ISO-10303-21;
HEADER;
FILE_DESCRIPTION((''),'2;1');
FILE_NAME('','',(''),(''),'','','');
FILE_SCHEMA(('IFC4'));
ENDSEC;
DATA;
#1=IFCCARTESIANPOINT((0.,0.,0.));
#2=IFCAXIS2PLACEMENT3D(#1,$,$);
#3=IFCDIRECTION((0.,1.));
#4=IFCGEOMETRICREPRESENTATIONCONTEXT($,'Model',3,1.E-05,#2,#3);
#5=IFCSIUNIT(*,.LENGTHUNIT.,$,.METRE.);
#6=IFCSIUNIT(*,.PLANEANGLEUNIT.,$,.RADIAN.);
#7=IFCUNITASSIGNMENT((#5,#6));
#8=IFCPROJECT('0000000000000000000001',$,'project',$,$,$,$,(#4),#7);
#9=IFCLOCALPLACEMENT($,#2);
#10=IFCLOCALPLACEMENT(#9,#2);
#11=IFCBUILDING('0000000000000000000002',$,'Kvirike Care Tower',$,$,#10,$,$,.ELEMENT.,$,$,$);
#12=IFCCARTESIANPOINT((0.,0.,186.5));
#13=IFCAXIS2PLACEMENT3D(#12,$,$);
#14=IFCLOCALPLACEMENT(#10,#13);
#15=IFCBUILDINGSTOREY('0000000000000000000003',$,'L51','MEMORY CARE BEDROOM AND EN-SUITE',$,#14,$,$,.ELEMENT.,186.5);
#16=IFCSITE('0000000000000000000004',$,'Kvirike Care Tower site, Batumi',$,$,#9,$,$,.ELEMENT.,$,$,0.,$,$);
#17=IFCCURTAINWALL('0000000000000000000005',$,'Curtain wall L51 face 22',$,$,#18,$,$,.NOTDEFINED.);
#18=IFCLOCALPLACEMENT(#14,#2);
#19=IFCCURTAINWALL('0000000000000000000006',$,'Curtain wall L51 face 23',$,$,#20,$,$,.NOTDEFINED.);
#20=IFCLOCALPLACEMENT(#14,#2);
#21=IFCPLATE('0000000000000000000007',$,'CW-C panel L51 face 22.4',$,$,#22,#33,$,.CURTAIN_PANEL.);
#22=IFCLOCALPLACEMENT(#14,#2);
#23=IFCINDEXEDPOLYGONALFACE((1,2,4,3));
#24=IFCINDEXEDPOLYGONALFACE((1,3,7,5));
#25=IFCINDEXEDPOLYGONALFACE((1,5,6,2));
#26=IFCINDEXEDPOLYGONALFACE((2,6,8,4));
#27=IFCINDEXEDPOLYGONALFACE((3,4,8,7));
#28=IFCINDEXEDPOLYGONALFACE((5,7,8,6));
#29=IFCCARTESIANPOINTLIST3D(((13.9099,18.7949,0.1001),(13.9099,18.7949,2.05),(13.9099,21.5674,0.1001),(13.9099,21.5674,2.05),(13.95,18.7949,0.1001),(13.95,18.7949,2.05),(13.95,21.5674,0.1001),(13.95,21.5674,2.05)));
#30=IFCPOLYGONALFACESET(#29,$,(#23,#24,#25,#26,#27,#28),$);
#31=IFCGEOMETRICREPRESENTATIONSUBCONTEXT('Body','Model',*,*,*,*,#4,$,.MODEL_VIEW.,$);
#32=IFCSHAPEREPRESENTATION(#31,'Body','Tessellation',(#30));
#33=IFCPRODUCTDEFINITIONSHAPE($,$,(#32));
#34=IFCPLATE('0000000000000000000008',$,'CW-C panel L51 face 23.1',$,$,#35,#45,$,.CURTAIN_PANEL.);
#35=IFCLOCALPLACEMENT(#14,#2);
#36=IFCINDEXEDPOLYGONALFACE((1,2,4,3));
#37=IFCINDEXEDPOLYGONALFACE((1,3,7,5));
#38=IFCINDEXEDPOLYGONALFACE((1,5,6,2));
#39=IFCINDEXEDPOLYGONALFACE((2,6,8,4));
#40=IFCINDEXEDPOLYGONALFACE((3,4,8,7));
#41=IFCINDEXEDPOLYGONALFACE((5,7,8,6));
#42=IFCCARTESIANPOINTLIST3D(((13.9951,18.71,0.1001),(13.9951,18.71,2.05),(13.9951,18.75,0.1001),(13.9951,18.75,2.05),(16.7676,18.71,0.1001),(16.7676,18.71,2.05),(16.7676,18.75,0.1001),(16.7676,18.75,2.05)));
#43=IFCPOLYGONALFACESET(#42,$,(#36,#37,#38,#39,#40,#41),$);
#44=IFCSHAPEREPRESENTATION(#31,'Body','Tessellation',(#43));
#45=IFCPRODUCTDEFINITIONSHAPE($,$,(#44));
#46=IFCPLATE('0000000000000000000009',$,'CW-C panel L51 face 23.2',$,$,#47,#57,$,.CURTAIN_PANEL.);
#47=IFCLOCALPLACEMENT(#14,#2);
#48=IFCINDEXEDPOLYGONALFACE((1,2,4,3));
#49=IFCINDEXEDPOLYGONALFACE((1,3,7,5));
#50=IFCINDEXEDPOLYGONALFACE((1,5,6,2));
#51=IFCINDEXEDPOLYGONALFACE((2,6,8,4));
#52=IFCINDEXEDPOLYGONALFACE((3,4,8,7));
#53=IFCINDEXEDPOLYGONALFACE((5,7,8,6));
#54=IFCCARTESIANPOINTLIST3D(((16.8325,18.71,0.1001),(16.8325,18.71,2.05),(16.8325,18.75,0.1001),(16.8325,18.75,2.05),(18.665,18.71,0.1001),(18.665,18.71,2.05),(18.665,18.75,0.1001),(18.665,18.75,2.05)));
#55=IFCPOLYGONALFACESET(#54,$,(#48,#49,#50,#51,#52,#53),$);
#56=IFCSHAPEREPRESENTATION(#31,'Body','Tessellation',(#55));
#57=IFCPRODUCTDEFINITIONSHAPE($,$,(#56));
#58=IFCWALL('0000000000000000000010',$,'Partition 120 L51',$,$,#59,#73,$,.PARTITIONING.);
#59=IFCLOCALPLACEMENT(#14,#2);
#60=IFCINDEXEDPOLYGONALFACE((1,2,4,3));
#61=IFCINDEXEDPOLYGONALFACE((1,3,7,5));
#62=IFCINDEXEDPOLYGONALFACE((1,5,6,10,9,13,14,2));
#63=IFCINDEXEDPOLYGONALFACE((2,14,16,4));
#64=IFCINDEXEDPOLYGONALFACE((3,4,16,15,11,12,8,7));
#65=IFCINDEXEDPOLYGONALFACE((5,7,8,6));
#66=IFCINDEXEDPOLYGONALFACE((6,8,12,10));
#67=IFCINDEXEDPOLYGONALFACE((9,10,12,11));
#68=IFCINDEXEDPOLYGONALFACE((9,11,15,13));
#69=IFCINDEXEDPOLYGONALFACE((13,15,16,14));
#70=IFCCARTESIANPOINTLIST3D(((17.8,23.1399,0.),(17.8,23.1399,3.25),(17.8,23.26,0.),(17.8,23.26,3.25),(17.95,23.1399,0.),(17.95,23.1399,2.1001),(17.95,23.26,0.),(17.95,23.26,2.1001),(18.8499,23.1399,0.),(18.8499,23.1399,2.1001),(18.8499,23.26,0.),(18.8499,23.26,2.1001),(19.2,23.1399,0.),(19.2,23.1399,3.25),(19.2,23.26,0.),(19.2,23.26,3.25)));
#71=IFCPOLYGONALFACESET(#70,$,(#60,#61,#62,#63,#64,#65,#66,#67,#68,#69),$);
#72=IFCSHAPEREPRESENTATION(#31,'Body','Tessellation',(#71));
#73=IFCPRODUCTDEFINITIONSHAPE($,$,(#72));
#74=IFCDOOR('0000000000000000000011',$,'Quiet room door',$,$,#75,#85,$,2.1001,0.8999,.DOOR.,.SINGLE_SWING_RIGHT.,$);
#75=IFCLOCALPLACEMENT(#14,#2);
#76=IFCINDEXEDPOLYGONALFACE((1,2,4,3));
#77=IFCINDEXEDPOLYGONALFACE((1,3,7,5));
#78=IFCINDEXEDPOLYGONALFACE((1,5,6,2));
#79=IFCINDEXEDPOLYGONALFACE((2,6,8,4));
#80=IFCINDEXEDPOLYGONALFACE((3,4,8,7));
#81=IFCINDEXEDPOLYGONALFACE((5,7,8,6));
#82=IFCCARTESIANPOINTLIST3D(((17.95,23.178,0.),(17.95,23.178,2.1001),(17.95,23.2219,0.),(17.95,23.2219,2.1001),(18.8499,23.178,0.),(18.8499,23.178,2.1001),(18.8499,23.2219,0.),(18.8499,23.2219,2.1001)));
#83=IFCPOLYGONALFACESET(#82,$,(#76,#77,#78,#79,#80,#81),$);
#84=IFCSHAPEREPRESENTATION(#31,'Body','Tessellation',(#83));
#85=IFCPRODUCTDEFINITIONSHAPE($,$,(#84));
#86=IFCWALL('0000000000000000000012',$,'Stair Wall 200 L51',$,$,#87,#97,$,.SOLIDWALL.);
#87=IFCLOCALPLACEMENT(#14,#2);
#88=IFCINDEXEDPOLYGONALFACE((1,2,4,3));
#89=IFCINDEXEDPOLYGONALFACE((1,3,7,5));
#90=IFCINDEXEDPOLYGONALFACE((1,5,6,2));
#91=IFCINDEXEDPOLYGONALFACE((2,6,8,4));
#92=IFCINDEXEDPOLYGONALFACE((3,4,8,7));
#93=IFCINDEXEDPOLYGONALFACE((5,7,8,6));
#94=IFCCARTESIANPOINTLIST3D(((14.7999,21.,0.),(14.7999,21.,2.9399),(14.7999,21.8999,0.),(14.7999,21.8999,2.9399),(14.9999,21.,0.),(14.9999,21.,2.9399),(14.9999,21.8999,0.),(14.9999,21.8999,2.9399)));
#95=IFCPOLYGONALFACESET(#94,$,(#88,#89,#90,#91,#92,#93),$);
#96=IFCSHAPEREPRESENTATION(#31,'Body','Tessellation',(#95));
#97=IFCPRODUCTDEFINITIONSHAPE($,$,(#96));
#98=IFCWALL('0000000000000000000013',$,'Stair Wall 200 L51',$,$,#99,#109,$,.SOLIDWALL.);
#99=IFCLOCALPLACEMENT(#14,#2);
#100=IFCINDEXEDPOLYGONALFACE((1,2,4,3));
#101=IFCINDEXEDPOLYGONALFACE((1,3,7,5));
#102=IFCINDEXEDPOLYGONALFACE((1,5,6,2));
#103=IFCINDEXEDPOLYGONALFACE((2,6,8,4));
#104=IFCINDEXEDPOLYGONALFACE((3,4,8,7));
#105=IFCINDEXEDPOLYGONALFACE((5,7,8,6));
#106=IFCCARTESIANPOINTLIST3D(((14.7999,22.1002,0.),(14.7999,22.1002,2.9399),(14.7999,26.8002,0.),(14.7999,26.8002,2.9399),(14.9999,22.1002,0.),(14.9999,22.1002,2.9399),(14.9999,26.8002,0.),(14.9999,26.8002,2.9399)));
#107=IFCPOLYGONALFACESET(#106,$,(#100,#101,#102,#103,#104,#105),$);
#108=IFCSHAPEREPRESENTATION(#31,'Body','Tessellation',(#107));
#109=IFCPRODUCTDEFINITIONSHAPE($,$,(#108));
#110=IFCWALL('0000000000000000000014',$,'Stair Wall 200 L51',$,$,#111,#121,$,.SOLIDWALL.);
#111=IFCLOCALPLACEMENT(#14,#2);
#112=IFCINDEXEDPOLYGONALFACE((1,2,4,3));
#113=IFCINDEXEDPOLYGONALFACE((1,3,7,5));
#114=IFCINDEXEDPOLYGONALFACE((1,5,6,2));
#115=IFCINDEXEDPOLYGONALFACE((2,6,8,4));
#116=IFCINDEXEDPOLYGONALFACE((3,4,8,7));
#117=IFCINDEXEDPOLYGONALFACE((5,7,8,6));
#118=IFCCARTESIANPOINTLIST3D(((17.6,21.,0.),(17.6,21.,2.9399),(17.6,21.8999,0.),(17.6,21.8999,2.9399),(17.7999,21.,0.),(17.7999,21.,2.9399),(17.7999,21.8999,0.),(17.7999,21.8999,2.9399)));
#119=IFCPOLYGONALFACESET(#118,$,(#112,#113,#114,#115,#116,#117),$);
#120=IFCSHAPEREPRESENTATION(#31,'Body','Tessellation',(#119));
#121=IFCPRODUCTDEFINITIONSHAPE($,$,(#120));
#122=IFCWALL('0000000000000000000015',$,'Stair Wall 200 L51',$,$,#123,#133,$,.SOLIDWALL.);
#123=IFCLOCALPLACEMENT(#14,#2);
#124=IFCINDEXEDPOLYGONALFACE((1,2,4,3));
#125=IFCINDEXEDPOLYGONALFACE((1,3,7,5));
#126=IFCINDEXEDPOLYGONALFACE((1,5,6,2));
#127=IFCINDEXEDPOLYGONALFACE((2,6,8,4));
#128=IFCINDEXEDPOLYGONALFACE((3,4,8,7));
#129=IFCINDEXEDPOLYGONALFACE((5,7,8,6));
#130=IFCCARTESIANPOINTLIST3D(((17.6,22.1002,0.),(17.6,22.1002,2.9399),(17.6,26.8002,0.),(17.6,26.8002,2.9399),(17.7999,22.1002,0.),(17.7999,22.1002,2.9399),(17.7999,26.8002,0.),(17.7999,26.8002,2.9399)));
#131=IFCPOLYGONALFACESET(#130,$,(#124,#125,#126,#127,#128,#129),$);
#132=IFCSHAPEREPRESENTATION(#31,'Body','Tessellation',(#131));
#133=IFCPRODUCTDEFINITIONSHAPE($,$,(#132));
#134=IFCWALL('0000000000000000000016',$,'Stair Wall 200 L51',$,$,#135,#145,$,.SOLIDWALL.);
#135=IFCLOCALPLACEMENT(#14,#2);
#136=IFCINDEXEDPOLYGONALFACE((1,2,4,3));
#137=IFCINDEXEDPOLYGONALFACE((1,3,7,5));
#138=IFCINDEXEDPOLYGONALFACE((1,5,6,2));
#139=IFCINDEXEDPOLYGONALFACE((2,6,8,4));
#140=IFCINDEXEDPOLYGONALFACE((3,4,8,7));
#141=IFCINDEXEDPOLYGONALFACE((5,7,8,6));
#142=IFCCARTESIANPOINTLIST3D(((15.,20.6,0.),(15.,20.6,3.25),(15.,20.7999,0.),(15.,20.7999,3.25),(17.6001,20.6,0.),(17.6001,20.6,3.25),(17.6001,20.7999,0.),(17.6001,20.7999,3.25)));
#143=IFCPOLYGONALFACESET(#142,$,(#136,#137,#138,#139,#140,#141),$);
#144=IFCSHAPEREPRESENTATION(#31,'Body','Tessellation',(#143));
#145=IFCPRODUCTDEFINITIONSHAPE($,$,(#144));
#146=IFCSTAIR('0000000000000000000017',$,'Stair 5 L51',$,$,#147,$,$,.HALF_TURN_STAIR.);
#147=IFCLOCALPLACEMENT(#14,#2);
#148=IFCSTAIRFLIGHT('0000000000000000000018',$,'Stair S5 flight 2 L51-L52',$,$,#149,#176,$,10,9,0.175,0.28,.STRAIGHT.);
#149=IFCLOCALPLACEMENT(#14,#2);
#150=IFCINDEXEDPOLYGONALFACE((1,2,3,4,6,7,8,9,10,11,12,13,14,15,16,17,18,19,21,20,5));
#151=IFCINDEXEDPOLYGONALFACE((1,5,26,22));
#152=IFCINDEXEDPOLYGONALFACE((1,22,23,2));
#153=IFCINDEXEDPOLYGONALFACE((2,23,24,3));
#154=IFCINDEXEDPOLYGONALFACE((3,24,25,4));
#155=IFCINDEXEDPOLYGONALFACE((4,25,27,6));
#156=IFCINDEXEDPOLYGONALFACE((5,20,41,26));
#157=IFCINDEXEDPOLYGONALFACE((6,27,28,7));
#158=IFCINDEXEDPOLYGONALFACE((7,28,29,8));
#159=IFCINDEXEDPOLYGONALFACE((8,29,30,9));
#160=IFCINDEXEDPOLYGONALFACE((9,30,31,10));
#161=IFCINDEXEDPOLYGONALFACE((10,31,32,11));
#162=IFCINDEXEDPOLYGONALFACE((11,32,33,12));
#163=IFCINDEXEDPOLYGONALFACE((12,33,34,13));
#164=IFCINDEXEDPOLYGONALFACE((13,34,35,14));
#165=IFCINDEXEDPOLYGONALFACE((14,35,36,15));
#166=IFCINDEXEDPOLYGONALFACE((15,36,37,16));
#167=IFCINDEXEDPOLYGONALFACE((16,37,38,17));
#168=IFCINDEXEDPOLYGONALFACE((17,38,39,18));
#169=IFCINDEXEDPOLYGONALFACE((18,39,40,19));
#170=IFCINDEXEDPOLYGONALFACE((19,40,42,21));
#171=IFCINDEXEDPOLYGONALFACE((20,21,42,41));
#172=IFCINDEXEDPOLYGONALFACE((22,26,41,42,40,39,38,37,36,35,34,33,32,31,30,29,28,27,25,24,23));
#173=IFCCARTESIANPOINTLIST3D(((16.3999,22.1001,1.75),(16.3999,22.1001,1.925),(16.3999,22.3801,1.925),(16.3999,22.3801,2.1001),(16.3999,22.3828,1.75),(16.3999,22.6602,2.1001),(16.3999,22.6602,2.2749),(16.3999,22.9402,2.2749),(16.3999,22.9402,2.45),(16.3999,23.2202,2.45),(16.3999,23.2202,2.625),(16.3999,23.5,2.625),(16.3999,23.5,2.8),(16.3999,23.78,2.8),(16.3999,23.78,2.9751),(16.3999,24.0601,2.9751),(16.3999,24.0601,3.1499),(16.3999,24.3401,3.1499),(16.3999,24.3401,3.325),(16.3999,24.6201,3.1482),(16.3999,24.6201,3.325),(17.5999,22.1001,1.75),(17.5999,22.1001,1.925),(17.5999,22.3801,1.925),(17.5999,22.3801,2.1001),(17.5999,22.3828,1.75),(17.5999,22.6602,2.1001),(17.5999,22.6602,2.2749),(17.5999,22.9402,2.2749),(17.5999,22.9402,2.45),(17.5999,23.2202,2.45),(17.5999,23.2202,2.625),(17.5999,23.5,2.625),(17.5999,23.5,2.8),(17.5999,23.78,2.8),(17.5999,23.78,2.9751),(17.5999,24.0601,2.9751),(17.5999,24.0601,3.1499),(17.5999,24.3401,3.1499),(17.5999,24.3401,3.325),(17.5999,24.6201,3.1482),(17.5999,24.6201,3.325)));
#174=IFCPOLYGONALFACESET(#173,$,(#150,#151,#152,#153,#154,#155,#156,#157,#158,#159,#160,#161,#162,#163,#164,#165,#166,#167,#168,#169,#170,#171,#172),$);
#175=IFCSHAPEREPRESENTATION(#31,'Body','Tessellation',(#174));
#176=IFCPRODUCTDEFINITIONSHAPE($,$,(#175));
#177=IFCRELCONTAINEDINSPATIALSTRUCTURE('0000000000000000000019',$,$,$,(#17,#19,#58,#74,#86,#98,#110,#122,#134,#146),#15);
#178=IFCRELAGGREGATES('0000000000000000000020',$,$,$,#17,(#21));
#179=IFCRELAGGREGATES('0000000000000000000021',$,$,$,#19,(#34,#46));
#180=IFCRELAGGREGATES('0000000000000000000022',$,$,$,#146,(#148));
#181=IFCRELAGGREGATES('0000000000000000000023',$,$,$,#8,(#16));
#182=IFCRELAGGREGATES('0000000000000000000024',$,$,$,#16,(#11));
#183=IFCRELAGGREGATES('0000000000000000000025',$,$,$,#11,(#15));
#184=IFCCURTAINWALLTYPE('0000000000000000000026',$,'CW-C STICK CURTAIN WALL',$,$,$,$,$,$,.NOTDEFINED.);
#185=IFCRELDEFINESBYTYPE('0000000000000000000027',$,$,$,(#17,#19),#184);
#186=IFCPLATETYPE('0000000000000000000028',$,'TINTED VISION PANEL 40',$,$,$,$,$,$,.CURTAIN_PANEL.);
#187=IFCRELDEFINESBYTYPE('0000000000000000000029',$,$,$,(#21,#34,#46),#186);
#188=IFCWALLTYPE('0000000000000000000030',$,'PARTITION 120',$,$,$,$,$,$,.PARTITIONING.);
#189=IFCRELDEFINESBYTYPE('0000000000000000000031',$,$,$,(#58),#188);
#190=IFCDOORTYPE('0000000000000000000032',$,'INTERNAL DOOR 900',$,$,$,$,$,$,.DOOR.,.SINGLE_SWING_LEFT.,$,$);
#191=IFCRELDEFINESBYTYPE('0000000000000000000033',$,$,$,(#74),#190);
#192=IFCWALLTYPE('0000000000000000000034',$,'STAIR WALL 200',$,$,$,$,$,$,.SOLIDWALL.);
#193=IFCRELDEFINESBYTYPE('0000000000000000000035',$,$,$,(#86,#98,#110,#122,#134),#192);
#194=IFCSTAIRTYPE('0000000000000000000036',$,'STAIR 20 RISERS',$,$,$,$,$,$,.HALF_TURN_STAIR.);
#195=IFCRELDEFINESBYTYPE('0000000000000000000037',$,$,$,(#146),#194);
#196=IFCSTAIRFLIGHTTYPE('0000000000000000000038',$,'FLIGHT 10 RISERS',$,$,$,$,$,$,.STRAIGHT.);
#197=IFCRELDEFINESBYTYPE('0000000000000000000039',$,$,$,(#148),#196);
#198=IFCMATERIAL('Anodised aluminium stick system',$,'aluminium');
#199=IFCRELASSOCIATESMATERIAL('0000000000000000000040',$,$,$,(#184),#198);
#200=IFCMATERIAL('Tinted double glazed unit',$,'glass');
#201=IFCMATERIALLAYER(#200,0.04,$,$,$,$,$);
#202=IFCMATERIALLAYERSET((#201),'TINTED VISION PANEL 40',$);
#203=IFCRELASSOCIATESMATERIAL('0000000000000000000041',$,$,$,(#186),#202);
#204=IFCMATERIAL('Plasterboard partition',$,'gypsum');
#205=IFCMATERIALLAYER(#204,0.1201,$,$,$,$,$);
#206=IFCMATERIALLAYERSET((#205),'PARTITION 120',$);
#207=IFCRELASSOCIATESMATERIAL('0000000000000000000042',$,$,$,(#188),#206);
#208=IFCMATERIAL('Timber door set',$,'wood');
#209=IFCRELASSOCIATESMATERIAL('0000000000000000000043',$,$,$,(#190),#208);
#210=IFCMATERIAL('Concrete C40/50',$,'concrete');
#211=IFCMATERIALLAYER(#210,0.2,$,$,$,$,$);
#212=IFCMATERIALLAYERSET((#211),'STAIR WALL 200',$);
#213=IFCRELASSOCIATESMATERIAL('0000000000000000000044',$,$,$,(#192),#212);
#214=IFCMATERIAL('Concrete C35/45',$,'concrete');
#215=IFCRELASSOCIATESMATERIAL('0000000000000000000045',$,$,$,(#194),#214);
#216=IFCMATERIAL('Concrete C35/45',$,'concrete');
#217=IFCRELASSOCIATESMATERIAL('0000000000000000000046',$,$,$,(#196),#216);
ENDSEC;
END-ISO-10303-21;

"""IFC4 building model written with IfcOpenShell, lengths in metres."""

from ifc_helpers import new_model, si_unit, direction, frame, frame_2d, origin, origin_2d, place, context, subcontext, project, spatial, polyline, rectangle, outline, extrude, material, layer, layer_set, type_object, element, fill, aggregate, save


model = new_model("IFC4")

# Units and contexts
model_context = context("Model", 3, precision=1e-05, world=origin(), true_north=direction((0.0, 1.0)))
body_context = subcontext(model_context, "Body", "Model", "MODEL_VIEW")
ifc_project = project(units=[si_unit("LENGTHUNIT", "METRE"), si_unit("PLANEANGLEUNIT", "RADIAN")], contexts=[model_context])

# Site, building, storey
site_placement = place(None, origin())
site = spatial("IfcSite", under=ifc_project, at=site_placement, Name="Kvirike Care Tower site, Batumi", CompositionType="ELEMENT", RefElevation=0.0)
building_placement = place(site_placement, origin())
building = spatial("IfcBuilding", under=site, at=building_placement, Name="Kvirike Care Tower", CompositionType="ELEMENT")
storey_placement = place(building_placement, frame((0.0, 0.0, 186.5)))
storey = spatial("IfcBuildingStorey", under=building, at=storey_placement, Name="L51", Description="MEMORY CARE BEDROOM AND EN-SUITE", CompositionType="ELEMENT", Elevation=186.5)

# Curtain walls
ifc_material_1 = material(Name="Anodised aluminium stick system", Category="aluminium")
curtain_wall_type = type_object("IfcCurtainWallType", Name="CW-C STICK CURTAIN WALL", PredefinedType="NOTDEFINED", material=ifc_material_1)
curtain_wall_1_placement = place(storey_placement, origin())
curtain_wall_1 = element("IfcCurtainWall", 1, at=curtain_wall_1_placement, inside=storey, type_object=curtain_wall_type, Name="Curtain wall L51 face 22", PredefinedType="NOTDEFINED")
curtain_wall_2_placement = place(storey_placement, origin())
curtain_wall_2 = element("IfcCurtainWall", 2, at=curtain_wall_2_placement, inside=storey, type_object=curtain_wall_type, Name="Curtain wall L51 face 23", PredefinedType="NOTDEFINED")

# Plates
ifc_material_2 = material(Name="Tinted double glazed unit", Category="glass")
ifc_layer_1 = layer(ifc_material_2, 0.04)
ifc_layer_set_1 = layer_set([ifc_layer_1], Name="TINTED VISION PANEL 40")
plate_type = type_object("IfcPlateType", Name="TINTED VISION PANEL 40", PredefinedType="CURTAIN_PANEL", material=ifc_layer_set_1)
plate_1_placement = place(storey_placement, frame((13.9299, 20.1812, 0.1001), z_axis=(0.0, 0.0, 1.0), x_axis=(0.0, -1.0, 0.0)))
plate_1 = element("IfcPlate", 3, at=plate_1_placement, type_object=plate_type, Name="CW-C panel L51 face 22.4", PredefinedType="CURTAIN_PANEL", context=body_context, shape_type="SweptSolid", body=[
    extrude(rectangle(XDim=2.7725, YDim=0.04, at=origin_2d()), origin(), (0.0, 0.0, 1.0), 1.95),
])
aggregate(curtain_wall_1, [plate_1])
plate_2_placement = place(storey_placement, frame((15.3813, 18.73, 0.1001), z_axis=(0.0, 0.0, 1.0), x_axis=(1.0, 0.0, 0.0)))
plate_2 = element("IfcPlate", 4, at=plate_2_placement, type_object=plate_type, Name="CW-C panel L51 face 23.1", PredefinedType="CURTAIN_PANEL", context=body_context, shape_type="SweptSolid", body=[
    extrude(rectangle(XDim=2.7725, YDim=0.04, at=origin_2d()), origin(), (0.0, 0.0, 1.0), 1.95),
])
plate_3_placement = place(storey_placement, frame((17.7488, 18.73, 0.1001), z_axis=(0.0, 0.0, 1.0), x_axis=(1.0, 0.0, 0.0)))
plate_3 = element("IfcPlate", 5, at=plate_3_placement, type_object=plate_type, Name="CW-C panel L51 face 23.2", PredefinedType="CURTAIN_PANEL", context=body_context, shape_type="SweptSolid", body=[
    extrude(rectangle(XDim=1.8325, YDim=0.04, at=origin_2d()), origin(), (0.0, 0.0, 1.0), 1.95),
])
aggregate(curtain_wall_2, [plate_2, plate_3])

# Wall, opening, door
ifc_material_3 = material(Name="Plasterboard partition", Category="gypsum")
ifc_layer_2 = layer(ifc_material_3, 0.1201)
ifc_layer_set_2 = layer_set([ifc_layer_2], Name="PARTITION 120")
wall_type_1 = type_object("IfcWallType", Name="PARTITION 120", PredefinedType="PARTITIONING", material=ifc_layer_set_2)
wall_1_placement = place(storey_placement, frame((17.8, 23.2, 0.0), z_axis=(0.0, 0.0, 1.0), x_axis=(1.0, 0.0, 0.0)))
wall_1 = element("IfcWall", 6, at=wall_1_placement, inside=storey, type_object=wall_type_1, Name="Partition 120 L51", PredefinedType="PARTITIONING", context=body_context, shape_type="SweptSolid", body=[
    extrude(rectangle(XDim=1.3999, YDim=0.1201, at=frame_2d((0.7, 0.0))), origin(), (0.0, 0.0, 1.0), 3.25),
])
opening_placement = place(wall_1_placement, frame((0.1499, 0.0, 0.0)))
opening = element("IfcOpeningElement", 7, at=opening_placement, cuts=wall_1, PredefinedType="OPENING", context=body_context, shape_type="SweptSolid", body=[
    extrude(rectangle(XDim=0.8999, YDim=2.1001, at=frame_2d((0.45, 1.05))), frame((0.0, 0.0706, 0.0), z_axis=(0.0, -1.0, 0.0), x_axis=(1.0, 0.0, 0.0)), (0.0, 0.0, 1.0), 0.1411),
])
ifc_material_4 = material(Name="Timber door set", Category="wood")
door_type = type_object("IfcDoorType", Name="INTERNAL DOOR 900", OperationType="SINGLE_SWING_LEFT", PredefinedType="DOOR", material=ifc_material_4)
door_placement = place(opening_placement, origin())
door = element("IfcDoor", 8, at=door_placement, inside=storey, type_object=door_type, Name="Quiet room door", OperationType="SINGLE_SWING_RIGHT", OverallHeight=2.1001, OverallWidth=0.8999, PredefinedType="DOOR", context=body_context, shape_type="SweptSolid", body=[
    extrude(rectangle(XDim=0.8999, YDim=2.1001, at=frame_2d((0.45, 1.05))), frame((0.0, 0.022, 0.0), z_axis=(0.0, -1.0, 0.0), x_axis=(1.0, 0.0, 0.0)), (0.0, 0.0, 1.0), 0.0439),
])
fill(opening, door)

# Walls
ifc_material_5 = material(Name="Concrete C40/50", Category="concrete")
ifc_layer_3 = layer(ifc_material_5, 0.2)
ifc_layer_set_3 = layer_set([ifc_layer_3], Name="STAIR WALL 200")
wall_type_2 = type_object("IfcWallType", Name="STAIR WALL 200", PredefinedType="SOLIDWALL", material=ifc_layer_set_3)
wall_2_placement = place(storey_placement, frame((14.8999, 21.0, 0.0), z_axis=(0.0, 0.0, 1.0), x_axis=(0.0, 1.0, 0.0)))
element("IfcWall", 9, at=wall_2_placement, inside=storey, type_object=wall_type_2, Name="Stair Wall 200 L51", PredefinedType="SOLIDWALL", context=body_context, shape_type="SweptSolid", body=[
    extrude(rectangle(XDim=0.8999, YDim=0.2, at=frame_2d((0.45, 0.0))), origin(), (0.0, 0.0, 1.0), 2.9399),
])
wall_3_placement = place(storey_placement, frame((14.8999, 22.1001, 0.0), z_axis=(0.0, 0.0, 1.0), x_axis=(0.0, 1.0, 0.0)))
element("IfcWall", 10, at=wall_3_placement, inside=storey, type_object=wall_type_2, Name="Stair Wall 200 L51", PredefinedType="SOLIDWALL", context=body_context, shape_type="SweptSolid", body=[
    extrude(rectangle(XDim=4.7, YDim=0.2, at=frame_2d((2.3501, 0.0))), origin(), (0.0, 0.0, 1.0), 2.9399),
])
wall_4_placement = place(storey_placement, frame((17.7, 21.0, 0.0), z_axis=(0.0, 0.0, 1.0), x_axis=(0.0, 1.0, 0.0)))
element("IfcWall", 11, at=wall_4_placement, inside=storey, type_object=wall_type_2, Name="Stair Wall 200 L51", PredefinedType="SOLIDWALL", context=body_context, shape_type="SweptSolid", body=[
    extrude(rectangle(XDim=0.8999, YDim=0.2, at=frame_2d((0.45, 0.0))), origin(), (0.0, 0.0, 1.0), 2.9399),
])
wall_5_placement = place(storey_placement, frame((17.7, 22.1001, 0.0), z_axis=(0.0, 0.0, 1.0), x_axis=(0.0, 1.0, 0.0)))
element("IfcWall", 12, at=wall_5_placement, inside=storey, type_object=wall_type_2, Name="Stair Wall 200 L51", PredefinedType="SOLIDWALL", context=body_context, shape_type="SweptSolid", body=[
    extrude(rectangle(XDim=4.7, YDim=0.2, at=frame_2d((2.3501, 0.0))), origin(), (0.0, 0.0, 1.0), 2.9399),
])
wall_6_placement = place(storey_placement, frame((15.0, 20.7, 0.0), z_axis=(0.0, 0.0, 1.0), x_axis=(1.0, 0.0, 0.0)))
element("IfcWall", 13, at=wall_6_placement, inside=storey, type_object=wall_type_2, Name="Stair Wall 200 L51", PredefinedType="SOLIDWALL", context=body_context, shape_type="SweptSolid", body=[
    extrude(rectangle(XDim=2.6001, YDim=0.2, at=frame_2d((1.3, 0.0))), origin(), (0.0, 0.0, 1.0), 3.25),
])

# Stair, stair flight
ifc_material_6 = material(Name="Concrete C35/45", Category="concrete")
stair_type = type_object("IfcStairType", Name="STAIR 20 RISERS", PredefinedType="HALF_TURN_STAIR", material=ifc_material_6)
stair_placement = place(storey_placement, origin())
stair = element("IfcStair", 14, at=stair_placement, inside=storey, type_object=stair_type, Name="Stair 5 L51", PredefinedType="HALF_TURN_STAIR")
ifc_material_7 = material(Name="Concrete C35/45", Category="concrete")
stair_flight_type = type_object("IfcStairFlightType", Name="FLIGHT 10 RISERS", PredefinedType="STRAIGHT", material=ifc_material_7)
stair_flight_placement = place(storey_placement, frame((17.0, 22.1001, 1.75), z_axis=(0.0, 0.0, 1.0), x_axis=(0.0, 1.0, 0.0)))
stair_flight = element("IfcStairFlight", 15, at=stair_flight_placement, type_object=stair_flight_type, Name="Stair S5 flight 2 L51-L52", NumberOfRisers=10, NumberOfTreads=9, PredefinedType="STRAIGHT", RiserHeight=0.175, TreadLength=0.28, context=body_context, shape_type="SweptSolid", body=[
    extrude(outline(polyline([(0.0, 0.0), (0.0, 0.175), (0.28, 0.175), (0.28, 0.3501), (0.5601, 0.3501), (0.5601, 0.5249), (0.8401, 0.5249), (0.8401, 0.7), (1.1201, 0.7), (1.1201, 0.875), (1.3999, 0.875), (1.3999, 1.05), (1.6799, 1.05), (1.6799, 1.2251), (1.96, 1.2251), (1.96, 1.3999), (2.24, 1.3999), (2.24, 1.575), (2.52, 1.575), (2.52, 1.75), (2.52, 1.3982), (0.2827, 0.0), (0.0, 0.0)])), frame((0.0, 0.6001, 0.0), z_axis=(0.0, -1.0, 0.0), x_axis=(1.0, 0.0, 0.0)), (0.0, 0.0, 1.0), 1.2),
])
aggregate(stair, [stair_flight])

save(model, "model.ifc")
